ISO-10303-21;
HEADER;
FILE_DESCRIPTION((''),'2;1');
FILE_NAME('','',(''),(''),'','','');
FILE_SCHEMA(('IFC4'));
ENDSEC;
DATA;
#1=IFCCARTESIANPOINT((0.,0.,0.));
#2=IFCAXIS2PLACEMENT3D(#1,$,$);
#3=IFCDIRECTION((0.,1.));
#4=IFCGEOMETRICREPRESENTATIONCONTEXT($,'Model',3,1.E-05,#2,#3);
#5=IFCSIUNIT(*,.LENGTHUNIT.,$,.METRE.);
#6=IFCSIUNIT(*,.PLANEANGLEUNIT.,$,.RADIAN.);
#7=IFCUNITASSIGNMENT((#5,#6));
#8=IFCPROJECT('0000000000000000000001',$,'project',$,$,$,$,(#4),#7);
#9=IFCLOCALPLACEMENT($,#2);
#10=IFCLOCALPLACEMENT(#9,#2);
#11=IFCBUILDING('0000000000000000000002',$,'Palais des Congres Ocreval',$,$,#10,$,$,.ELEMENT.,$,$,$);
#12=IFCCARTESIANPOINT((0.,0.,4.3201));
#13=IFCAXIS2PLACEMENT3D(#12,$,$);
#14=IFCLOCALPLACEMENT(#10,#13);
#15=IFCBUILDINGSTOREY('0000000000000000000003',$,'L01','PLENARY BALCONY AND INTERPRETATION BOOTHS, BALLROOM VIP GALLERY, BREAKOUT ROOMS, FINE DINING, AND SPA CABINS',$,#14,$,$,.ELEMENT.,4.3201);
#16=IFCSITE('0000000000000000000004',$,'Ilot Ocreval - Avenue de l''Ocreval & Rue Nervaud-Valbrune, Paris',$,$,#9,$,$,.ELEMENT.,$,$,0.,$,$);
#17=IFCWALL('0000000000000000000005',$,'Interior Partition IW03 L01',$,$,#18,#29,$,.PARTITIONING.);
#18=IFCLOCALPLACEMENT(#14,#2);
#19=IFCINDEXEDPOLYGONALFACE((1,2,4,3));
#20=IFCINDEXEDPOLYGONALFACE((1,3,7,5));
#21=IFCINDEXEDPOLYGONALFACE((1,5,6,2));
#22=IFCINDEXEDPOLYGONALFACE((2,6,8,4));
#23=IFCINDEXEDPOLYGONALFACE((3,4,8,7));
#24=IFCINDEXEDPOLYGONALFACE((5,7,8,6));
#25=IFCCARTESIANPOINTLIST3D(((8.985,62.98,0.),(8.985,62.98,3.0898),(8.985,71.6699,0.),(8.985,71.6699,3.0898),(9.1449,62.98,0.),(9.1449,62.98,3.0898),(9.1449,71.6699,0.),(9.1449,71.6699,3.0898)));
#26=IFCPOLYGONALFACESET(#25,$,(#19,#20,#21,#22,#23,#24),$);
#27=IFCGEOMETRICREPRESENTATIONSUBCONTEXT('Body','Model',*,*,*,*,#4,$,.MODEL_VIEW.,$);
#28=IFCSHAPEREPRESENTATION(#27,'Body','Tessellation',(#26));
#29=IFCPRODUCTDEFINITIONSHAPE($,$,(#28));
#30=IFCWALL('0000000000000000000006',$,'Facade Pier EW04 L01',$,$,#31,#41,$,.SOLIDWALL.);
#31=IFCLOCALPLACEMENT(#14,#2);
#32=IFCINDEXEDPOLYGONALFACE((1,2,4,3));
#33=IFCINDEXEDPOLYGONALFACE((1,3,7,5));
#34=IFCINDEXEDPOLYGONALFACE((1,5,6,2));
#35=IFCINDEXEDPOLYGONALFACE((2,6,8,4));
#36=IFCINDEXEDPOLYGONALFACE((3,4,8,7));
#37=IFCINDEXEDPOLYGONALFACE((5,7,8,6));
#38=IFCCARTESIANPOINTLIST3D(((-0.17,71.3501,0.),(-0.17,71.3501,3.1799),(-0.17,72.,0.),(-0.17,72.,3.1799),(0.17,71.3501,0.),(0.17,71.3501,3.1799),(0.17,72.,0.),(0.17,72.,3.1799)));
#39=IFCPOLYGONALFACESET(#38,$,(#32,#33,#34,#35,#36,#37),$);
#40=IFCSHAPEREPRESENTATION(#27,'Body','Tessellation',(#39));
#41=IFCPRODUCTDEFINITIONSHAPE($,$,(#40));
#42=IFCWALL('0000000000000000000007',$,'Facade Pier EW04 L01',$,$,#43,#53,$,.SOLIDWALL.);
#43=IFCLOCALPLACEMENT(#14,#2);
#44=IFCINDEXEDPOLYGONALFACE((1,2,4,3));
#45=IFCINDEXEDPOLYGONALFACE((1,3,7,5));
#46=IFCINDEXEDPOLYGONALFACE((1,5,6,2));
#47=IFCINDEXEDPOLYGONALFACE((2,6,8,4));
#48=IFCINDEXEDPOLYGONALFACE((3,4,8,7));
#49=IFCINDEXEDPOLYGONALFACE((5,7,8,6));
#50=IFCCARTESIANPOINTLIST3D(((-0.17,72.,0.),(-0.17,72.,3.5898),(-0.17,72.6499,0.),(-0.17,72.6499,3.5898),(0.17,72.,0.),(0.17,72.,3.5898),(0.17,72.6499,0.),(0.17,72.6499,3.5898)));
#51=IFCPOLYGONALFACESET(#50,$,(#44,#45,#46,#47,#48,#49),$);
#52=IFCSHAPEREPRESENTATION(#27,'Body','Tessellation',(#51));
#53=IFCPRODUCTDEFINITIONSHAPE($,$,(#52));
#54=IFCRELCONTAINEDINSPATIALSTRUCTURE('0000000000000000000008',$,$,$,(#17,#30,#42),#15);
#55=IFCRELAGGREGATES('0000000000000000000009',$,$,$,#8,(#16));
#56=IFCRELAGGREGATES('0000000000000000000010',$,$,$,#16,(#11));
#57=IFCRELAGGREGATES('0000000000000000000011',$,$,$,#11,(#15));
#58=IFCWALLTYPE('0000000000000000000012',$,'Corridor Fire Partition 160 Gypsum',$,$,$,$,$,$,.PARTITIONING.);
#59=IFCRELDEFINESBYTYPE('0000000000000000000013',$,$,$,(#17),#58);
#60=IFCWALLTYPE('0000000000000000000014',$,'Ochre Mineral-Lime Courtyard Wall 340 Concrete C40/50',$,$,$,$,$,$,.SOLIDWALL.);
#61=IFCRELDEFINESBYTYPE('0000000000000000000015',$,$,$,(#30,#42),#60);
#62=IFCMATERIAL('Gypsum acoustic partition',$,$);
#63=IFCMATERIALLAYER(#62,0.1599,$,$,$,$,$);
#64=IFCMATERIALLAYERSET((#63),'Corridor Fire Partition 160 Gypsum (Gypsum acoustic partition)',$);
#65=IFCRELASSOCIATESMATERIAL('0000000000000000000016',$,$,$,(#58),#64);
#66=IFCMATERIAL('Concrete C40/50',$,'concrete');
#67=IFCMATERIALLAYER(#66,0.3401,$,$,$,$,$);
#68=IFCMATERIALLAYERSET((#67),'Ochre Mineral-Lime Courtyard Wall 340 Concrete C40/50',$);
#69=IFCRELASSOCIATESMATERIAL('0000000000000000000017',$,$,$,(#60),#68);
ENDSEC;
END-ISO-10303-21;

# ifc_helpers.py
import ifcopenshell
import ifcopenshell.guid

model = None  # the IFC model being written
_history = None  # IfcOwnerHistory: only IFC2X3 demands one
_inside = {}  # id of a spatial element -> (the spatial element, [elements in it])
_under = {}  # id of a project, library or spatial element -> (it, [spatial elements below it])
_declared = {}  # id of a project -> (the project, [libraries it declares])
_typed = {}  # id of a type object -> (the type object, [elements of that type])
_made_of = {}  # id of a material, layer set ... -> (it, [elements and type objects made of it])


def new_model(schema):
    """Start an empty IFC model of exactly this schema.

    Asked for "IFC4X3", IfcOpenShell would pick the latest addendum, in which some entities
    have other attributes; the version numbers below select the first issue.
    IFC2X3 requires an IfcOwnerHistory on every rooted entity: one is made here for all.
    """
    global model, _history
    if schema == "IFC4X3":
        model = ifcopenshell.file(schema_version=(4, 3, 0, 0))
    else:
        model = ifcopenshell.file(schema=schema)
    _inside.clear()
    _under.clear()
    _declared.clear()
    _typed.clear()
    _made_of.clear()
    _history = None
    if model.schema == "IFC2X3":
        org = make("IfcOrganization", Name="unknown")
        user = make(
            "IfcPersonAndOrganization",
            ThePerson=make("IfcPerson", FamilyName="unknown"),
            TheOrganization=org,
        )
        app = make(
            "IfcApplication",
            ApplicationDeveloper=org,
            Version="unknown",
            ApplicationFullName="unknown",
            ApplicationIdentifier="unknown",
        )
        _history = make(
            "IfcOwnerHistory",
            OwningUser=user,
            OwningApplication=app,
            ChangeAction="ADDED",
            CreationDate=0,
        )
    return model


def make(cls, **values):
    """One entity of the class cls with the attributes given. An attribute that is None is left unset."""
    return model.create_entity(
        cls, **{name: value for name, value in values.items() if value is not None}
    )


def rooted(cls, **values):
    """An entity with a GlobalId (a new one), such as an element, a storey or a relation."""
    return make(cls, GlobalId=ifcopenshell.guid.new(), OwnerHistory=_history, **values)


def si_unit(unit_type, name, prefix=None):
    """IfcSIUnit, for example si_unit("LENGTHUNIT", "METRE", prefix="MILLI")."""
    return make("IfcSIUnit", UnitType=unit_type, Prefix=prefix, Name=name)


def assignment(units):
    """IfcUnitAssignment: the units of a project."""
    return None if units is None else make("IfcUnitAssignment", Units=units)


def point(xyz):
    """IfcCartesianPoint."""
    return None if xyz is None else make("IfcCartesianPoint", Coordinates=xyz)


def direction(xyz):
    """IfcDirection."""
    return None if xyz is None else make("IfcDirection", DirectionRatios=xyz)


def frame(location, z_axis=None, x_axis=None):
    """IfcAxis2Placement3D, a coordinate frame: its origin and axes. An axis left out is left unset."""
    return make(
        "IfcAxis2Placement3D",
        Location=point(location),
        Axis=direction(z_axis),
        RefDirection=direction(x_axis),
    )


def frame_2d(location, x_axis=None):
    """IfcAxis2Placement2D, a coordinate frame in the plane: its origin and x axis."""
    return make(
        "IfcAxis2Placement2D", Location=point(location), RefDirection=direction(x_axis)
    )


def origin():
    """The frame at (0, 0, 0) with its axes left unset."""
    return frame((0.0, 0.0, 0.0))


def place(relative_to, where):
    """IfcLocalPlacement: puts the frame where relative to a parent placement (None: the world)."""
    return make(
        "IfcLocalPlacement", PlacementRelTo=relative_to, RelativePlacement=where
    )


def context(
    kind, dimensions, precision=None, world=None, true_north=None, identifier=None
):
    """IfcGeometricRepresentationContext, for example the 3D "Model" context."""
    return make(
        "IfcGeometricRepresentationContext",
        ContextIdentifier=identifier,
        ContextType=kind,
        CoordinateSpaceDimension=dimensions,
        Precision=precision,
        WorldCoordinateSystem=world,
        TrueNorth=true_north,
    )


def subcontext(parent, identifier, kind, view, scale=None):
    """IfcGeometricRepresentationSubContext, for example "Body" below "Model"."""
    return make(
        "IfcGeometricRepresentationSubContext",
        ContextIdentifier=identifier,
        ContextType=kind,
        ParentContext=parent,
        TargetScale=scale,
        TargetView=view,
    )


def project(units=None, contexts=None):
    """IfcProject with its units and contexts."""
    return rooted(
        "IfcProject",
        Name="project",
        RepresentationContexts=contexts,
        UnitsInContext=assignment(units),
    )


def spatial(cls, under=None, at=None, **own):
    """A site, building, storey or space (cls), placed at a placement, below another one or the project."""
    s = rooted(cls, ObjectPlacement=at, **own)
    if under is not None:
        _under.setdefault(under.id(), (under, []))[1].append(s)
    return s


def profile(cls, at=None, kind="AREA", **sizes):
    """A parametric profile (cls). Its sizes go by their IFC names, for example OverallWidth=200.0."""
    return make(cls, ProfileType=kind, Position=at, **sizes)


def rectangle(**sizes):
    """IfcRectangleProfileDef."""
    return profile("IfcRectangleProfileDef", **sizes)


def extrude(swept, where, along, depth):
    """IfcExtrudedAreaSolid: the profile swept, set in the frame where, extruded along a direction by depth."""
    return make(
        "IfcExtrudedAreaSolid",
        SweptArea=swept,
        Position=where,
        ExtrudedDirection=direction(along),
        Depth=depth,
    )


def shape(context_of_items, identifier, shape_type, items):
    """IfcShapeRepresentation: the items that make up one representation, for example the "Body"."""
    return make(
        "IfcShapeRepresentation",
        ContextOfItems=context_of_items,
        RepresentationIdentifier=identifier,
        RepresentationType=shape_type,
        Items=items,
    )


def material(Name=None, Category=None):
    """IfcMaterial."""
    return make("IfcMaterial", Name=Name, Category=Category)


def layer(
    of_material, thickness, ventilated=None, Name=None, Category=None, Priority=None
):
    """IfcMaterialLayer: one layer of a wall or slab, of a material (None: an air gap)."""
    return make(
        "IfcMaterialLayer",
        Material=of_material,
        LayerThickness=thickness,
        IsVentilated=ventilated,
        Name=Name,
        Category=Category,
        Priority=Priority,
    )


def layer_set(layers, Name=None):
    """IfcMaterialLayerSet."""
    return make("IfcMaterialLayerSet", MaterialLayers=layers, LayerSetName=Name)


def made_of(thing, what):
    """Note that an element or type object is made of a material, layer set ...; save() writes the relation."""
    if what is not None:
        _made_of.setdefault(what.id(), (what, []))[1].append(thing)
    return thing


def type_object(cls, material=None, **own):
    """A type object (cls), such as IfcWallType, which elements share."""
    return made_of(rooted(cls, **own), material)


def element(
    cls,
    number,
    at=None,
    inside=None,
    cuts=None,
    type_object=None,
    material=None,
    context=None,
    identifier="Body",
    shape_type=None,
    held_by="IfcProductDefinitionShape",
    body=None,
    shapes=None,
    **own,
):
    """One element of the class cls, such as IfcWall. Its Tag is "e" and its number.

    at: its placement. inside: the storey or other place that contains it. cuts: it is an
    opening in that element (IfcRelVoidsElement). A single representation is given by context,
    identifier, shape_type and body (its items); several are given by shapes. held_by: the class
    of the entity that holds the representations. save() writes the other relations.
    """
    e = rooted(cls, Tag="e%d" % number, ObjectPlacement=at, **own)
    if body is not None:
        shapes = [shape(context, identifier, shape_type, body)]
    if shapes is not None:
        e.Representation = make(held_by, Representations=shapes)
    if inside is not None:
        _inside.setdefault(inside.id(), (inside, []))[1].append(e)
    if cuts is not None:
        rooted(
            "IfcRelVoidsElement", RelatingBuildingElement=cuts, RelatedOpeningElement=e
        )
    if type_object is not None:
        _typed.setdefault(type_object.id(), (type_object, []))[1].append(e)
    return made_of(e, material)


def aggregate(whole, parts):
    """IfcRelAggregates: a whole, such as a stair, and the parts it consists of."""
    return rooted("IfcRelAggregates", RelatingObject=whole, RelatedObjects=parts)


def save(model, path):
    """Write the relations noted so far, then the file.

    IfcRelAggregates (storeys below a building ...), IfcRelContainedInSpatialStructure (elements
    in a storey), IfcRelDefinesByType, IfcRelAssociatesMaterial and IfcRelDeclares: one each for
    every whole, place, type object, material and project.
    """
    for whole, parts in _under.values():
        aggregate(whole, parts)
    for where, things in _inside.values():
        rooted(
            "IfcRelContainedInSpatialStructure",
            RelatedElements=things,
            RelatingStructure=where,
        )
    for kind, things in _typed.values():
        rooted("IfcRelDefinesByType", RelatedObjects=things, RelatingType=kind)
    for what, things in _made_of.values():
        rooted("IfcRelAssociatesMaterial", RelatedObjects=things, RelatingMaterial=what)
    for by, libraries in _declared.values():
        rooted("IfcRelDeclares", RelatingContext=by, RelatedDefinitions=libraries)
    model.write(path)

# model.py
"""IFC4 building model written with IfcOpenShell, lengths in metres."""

from ifc_helpers import new_model, si_unit, direction, frame, frame_2d, origin, place, context, subcontext, project, spatial, rectangle, extrude, material, layer, layer_set, type_object, element, save


model = new_model("IFC4")

# Units and contexts
model_context = context("Model", 3, precision=1e-05, world=origin(), true_north=direction((0.0, 1.0)))
body_context = subcontext(model_context, "Body", "Model", "MODEL_VIEW")
ifc_project = project(units=[si_unit("LENGTHUNIT", "METRE"), si_unit("PLANEANGLEUNIT", "RADIAN")], contexts=[model_context])

# Site, building, storey
site_placement = place(None, origin())
site = spatial("IfcSite", under=ifc_project, at=site_placement, Name="Ilot Ocreval - Avenue de l'Ocreval & Rue Nervaud-Valbrune, Paris", CompositionType="ELEMENT", RefElevation=0.0)
building_placement = place(site_placement, origin())
building = spatial("IfcBuilding", under=site, at=building_placement, Name="Palais des Congres Ocreval", CompositionType="ELEMENT")
storey_placement = place(building_placement, frame((0.0, 0.0, 4.3201)))
storey = spatial("IfcBuildingStorey", under=building, at=storey_placement, Name="L01", Description="PLENARY BALCONY AND INTERPRETATION BOOTHS, BALLROOM VIP GALLERY, BREAKOUT ROOMS, FINE DINING, AND SPA CABINS", CompositionType="ELEMENT", Elevation=4.3201)

# Shared definitions
ifc_material_1 = material(Name="Concrete C40/50", Category="concrete")

# Shared definitions
ifc_material_2 = material(Name="Gypsum acoustic partition")
ifc_layer_1 = layer(ifc_material_2, 0.1599)
ifc_layer_set_1 = layer_set([ifc_layer_1], Name="Corridor Fire Partition 160 Gypsum (Gypsum acoustic partition)")
wall_type_1 = type_object("IfcWallType", Name="Corridor Fire Partition 160 Gypsum", PredefinedType="PARTITIONING", material=ifc_layer_set_1)

# Walls
wall_1_placement = place(storey_placement, frame((9.0649, 62.98, 0.0), z_axis=(0.0, 0.0, 1.0), x_axis=(0.0, 1.0, 0.0)))
element("IfcWall", 1, at=wall_1_placement, inside=storey, type_object=wall_type_1, Name="Interior Partition IW03 L01", PredefinedType="PARTITIONING", context=body_context, shape_type="SweptSolid", body=[
    extrude(rectangle(XDim=8.6899, YDim=0.1599, at=frame_2d((4.345, 0.0))), origin(), (0.0, 0.0, 1.0), 3.0898),
])
ifc_layer_2 = layer(ifc_material_1, 0.3401)
ifc_layer_set_2 = layer_set([ifc_layer_2], Name="Ochre Mineral-Lime Courtyard Wall 340 Concrete C40/50")
wall_type_2 = type_object("IfcWallType", Name="Ochre Mineral-Lime Courtyard Wall 340 Concrete C40/50", PredefinedType="SOLIDWALL", material=ifc_layer_set_2)
wall_2_placement = place(storey_placement, frame((0.0, 71.3501, 0.0), z_axis=(0.0, 0.0, 1.0), x_axis=(0.0, 1.0, 0.0)))
element("IfcWall", 2, at=wall_2_placement, inside=storey, type_object=wall_type_2, Name="Facade Pier EW04 L01", PredefinedType="SOLIDWALL", context=body_context, shape_type="SweptSolid", body=[
    extrude(rectangle(XDim=0.6499, YDim=0.3401, at=frame_2d((0.325, 0.0))), origin(), (0.0, 0.0, 1.0), 3.1799),
])
wall_3_placement = place(storey_placement, frame((0.0, 72.0, 0.0), z_axis=(0.0, 0.0, 1.0), x_axis=(0.0, 1.0, 0.0)))
element("IfcWall", 3, at=wall_3_placement, inside=storey, type_object=wall_type_2, Name="Facade Pier EW04 L01", PredefinedType="SOLIDWALL", context=body_context, shape_type="SweptSolid", body=[
    extrude(rectangle(XDim=0.6499, YDim=0.3401, at=frame_2d((0.325, 0.0))), origin(), (0.0, 0.0, 1.0), 3.5898),
])

save(model, "model.ifc")
